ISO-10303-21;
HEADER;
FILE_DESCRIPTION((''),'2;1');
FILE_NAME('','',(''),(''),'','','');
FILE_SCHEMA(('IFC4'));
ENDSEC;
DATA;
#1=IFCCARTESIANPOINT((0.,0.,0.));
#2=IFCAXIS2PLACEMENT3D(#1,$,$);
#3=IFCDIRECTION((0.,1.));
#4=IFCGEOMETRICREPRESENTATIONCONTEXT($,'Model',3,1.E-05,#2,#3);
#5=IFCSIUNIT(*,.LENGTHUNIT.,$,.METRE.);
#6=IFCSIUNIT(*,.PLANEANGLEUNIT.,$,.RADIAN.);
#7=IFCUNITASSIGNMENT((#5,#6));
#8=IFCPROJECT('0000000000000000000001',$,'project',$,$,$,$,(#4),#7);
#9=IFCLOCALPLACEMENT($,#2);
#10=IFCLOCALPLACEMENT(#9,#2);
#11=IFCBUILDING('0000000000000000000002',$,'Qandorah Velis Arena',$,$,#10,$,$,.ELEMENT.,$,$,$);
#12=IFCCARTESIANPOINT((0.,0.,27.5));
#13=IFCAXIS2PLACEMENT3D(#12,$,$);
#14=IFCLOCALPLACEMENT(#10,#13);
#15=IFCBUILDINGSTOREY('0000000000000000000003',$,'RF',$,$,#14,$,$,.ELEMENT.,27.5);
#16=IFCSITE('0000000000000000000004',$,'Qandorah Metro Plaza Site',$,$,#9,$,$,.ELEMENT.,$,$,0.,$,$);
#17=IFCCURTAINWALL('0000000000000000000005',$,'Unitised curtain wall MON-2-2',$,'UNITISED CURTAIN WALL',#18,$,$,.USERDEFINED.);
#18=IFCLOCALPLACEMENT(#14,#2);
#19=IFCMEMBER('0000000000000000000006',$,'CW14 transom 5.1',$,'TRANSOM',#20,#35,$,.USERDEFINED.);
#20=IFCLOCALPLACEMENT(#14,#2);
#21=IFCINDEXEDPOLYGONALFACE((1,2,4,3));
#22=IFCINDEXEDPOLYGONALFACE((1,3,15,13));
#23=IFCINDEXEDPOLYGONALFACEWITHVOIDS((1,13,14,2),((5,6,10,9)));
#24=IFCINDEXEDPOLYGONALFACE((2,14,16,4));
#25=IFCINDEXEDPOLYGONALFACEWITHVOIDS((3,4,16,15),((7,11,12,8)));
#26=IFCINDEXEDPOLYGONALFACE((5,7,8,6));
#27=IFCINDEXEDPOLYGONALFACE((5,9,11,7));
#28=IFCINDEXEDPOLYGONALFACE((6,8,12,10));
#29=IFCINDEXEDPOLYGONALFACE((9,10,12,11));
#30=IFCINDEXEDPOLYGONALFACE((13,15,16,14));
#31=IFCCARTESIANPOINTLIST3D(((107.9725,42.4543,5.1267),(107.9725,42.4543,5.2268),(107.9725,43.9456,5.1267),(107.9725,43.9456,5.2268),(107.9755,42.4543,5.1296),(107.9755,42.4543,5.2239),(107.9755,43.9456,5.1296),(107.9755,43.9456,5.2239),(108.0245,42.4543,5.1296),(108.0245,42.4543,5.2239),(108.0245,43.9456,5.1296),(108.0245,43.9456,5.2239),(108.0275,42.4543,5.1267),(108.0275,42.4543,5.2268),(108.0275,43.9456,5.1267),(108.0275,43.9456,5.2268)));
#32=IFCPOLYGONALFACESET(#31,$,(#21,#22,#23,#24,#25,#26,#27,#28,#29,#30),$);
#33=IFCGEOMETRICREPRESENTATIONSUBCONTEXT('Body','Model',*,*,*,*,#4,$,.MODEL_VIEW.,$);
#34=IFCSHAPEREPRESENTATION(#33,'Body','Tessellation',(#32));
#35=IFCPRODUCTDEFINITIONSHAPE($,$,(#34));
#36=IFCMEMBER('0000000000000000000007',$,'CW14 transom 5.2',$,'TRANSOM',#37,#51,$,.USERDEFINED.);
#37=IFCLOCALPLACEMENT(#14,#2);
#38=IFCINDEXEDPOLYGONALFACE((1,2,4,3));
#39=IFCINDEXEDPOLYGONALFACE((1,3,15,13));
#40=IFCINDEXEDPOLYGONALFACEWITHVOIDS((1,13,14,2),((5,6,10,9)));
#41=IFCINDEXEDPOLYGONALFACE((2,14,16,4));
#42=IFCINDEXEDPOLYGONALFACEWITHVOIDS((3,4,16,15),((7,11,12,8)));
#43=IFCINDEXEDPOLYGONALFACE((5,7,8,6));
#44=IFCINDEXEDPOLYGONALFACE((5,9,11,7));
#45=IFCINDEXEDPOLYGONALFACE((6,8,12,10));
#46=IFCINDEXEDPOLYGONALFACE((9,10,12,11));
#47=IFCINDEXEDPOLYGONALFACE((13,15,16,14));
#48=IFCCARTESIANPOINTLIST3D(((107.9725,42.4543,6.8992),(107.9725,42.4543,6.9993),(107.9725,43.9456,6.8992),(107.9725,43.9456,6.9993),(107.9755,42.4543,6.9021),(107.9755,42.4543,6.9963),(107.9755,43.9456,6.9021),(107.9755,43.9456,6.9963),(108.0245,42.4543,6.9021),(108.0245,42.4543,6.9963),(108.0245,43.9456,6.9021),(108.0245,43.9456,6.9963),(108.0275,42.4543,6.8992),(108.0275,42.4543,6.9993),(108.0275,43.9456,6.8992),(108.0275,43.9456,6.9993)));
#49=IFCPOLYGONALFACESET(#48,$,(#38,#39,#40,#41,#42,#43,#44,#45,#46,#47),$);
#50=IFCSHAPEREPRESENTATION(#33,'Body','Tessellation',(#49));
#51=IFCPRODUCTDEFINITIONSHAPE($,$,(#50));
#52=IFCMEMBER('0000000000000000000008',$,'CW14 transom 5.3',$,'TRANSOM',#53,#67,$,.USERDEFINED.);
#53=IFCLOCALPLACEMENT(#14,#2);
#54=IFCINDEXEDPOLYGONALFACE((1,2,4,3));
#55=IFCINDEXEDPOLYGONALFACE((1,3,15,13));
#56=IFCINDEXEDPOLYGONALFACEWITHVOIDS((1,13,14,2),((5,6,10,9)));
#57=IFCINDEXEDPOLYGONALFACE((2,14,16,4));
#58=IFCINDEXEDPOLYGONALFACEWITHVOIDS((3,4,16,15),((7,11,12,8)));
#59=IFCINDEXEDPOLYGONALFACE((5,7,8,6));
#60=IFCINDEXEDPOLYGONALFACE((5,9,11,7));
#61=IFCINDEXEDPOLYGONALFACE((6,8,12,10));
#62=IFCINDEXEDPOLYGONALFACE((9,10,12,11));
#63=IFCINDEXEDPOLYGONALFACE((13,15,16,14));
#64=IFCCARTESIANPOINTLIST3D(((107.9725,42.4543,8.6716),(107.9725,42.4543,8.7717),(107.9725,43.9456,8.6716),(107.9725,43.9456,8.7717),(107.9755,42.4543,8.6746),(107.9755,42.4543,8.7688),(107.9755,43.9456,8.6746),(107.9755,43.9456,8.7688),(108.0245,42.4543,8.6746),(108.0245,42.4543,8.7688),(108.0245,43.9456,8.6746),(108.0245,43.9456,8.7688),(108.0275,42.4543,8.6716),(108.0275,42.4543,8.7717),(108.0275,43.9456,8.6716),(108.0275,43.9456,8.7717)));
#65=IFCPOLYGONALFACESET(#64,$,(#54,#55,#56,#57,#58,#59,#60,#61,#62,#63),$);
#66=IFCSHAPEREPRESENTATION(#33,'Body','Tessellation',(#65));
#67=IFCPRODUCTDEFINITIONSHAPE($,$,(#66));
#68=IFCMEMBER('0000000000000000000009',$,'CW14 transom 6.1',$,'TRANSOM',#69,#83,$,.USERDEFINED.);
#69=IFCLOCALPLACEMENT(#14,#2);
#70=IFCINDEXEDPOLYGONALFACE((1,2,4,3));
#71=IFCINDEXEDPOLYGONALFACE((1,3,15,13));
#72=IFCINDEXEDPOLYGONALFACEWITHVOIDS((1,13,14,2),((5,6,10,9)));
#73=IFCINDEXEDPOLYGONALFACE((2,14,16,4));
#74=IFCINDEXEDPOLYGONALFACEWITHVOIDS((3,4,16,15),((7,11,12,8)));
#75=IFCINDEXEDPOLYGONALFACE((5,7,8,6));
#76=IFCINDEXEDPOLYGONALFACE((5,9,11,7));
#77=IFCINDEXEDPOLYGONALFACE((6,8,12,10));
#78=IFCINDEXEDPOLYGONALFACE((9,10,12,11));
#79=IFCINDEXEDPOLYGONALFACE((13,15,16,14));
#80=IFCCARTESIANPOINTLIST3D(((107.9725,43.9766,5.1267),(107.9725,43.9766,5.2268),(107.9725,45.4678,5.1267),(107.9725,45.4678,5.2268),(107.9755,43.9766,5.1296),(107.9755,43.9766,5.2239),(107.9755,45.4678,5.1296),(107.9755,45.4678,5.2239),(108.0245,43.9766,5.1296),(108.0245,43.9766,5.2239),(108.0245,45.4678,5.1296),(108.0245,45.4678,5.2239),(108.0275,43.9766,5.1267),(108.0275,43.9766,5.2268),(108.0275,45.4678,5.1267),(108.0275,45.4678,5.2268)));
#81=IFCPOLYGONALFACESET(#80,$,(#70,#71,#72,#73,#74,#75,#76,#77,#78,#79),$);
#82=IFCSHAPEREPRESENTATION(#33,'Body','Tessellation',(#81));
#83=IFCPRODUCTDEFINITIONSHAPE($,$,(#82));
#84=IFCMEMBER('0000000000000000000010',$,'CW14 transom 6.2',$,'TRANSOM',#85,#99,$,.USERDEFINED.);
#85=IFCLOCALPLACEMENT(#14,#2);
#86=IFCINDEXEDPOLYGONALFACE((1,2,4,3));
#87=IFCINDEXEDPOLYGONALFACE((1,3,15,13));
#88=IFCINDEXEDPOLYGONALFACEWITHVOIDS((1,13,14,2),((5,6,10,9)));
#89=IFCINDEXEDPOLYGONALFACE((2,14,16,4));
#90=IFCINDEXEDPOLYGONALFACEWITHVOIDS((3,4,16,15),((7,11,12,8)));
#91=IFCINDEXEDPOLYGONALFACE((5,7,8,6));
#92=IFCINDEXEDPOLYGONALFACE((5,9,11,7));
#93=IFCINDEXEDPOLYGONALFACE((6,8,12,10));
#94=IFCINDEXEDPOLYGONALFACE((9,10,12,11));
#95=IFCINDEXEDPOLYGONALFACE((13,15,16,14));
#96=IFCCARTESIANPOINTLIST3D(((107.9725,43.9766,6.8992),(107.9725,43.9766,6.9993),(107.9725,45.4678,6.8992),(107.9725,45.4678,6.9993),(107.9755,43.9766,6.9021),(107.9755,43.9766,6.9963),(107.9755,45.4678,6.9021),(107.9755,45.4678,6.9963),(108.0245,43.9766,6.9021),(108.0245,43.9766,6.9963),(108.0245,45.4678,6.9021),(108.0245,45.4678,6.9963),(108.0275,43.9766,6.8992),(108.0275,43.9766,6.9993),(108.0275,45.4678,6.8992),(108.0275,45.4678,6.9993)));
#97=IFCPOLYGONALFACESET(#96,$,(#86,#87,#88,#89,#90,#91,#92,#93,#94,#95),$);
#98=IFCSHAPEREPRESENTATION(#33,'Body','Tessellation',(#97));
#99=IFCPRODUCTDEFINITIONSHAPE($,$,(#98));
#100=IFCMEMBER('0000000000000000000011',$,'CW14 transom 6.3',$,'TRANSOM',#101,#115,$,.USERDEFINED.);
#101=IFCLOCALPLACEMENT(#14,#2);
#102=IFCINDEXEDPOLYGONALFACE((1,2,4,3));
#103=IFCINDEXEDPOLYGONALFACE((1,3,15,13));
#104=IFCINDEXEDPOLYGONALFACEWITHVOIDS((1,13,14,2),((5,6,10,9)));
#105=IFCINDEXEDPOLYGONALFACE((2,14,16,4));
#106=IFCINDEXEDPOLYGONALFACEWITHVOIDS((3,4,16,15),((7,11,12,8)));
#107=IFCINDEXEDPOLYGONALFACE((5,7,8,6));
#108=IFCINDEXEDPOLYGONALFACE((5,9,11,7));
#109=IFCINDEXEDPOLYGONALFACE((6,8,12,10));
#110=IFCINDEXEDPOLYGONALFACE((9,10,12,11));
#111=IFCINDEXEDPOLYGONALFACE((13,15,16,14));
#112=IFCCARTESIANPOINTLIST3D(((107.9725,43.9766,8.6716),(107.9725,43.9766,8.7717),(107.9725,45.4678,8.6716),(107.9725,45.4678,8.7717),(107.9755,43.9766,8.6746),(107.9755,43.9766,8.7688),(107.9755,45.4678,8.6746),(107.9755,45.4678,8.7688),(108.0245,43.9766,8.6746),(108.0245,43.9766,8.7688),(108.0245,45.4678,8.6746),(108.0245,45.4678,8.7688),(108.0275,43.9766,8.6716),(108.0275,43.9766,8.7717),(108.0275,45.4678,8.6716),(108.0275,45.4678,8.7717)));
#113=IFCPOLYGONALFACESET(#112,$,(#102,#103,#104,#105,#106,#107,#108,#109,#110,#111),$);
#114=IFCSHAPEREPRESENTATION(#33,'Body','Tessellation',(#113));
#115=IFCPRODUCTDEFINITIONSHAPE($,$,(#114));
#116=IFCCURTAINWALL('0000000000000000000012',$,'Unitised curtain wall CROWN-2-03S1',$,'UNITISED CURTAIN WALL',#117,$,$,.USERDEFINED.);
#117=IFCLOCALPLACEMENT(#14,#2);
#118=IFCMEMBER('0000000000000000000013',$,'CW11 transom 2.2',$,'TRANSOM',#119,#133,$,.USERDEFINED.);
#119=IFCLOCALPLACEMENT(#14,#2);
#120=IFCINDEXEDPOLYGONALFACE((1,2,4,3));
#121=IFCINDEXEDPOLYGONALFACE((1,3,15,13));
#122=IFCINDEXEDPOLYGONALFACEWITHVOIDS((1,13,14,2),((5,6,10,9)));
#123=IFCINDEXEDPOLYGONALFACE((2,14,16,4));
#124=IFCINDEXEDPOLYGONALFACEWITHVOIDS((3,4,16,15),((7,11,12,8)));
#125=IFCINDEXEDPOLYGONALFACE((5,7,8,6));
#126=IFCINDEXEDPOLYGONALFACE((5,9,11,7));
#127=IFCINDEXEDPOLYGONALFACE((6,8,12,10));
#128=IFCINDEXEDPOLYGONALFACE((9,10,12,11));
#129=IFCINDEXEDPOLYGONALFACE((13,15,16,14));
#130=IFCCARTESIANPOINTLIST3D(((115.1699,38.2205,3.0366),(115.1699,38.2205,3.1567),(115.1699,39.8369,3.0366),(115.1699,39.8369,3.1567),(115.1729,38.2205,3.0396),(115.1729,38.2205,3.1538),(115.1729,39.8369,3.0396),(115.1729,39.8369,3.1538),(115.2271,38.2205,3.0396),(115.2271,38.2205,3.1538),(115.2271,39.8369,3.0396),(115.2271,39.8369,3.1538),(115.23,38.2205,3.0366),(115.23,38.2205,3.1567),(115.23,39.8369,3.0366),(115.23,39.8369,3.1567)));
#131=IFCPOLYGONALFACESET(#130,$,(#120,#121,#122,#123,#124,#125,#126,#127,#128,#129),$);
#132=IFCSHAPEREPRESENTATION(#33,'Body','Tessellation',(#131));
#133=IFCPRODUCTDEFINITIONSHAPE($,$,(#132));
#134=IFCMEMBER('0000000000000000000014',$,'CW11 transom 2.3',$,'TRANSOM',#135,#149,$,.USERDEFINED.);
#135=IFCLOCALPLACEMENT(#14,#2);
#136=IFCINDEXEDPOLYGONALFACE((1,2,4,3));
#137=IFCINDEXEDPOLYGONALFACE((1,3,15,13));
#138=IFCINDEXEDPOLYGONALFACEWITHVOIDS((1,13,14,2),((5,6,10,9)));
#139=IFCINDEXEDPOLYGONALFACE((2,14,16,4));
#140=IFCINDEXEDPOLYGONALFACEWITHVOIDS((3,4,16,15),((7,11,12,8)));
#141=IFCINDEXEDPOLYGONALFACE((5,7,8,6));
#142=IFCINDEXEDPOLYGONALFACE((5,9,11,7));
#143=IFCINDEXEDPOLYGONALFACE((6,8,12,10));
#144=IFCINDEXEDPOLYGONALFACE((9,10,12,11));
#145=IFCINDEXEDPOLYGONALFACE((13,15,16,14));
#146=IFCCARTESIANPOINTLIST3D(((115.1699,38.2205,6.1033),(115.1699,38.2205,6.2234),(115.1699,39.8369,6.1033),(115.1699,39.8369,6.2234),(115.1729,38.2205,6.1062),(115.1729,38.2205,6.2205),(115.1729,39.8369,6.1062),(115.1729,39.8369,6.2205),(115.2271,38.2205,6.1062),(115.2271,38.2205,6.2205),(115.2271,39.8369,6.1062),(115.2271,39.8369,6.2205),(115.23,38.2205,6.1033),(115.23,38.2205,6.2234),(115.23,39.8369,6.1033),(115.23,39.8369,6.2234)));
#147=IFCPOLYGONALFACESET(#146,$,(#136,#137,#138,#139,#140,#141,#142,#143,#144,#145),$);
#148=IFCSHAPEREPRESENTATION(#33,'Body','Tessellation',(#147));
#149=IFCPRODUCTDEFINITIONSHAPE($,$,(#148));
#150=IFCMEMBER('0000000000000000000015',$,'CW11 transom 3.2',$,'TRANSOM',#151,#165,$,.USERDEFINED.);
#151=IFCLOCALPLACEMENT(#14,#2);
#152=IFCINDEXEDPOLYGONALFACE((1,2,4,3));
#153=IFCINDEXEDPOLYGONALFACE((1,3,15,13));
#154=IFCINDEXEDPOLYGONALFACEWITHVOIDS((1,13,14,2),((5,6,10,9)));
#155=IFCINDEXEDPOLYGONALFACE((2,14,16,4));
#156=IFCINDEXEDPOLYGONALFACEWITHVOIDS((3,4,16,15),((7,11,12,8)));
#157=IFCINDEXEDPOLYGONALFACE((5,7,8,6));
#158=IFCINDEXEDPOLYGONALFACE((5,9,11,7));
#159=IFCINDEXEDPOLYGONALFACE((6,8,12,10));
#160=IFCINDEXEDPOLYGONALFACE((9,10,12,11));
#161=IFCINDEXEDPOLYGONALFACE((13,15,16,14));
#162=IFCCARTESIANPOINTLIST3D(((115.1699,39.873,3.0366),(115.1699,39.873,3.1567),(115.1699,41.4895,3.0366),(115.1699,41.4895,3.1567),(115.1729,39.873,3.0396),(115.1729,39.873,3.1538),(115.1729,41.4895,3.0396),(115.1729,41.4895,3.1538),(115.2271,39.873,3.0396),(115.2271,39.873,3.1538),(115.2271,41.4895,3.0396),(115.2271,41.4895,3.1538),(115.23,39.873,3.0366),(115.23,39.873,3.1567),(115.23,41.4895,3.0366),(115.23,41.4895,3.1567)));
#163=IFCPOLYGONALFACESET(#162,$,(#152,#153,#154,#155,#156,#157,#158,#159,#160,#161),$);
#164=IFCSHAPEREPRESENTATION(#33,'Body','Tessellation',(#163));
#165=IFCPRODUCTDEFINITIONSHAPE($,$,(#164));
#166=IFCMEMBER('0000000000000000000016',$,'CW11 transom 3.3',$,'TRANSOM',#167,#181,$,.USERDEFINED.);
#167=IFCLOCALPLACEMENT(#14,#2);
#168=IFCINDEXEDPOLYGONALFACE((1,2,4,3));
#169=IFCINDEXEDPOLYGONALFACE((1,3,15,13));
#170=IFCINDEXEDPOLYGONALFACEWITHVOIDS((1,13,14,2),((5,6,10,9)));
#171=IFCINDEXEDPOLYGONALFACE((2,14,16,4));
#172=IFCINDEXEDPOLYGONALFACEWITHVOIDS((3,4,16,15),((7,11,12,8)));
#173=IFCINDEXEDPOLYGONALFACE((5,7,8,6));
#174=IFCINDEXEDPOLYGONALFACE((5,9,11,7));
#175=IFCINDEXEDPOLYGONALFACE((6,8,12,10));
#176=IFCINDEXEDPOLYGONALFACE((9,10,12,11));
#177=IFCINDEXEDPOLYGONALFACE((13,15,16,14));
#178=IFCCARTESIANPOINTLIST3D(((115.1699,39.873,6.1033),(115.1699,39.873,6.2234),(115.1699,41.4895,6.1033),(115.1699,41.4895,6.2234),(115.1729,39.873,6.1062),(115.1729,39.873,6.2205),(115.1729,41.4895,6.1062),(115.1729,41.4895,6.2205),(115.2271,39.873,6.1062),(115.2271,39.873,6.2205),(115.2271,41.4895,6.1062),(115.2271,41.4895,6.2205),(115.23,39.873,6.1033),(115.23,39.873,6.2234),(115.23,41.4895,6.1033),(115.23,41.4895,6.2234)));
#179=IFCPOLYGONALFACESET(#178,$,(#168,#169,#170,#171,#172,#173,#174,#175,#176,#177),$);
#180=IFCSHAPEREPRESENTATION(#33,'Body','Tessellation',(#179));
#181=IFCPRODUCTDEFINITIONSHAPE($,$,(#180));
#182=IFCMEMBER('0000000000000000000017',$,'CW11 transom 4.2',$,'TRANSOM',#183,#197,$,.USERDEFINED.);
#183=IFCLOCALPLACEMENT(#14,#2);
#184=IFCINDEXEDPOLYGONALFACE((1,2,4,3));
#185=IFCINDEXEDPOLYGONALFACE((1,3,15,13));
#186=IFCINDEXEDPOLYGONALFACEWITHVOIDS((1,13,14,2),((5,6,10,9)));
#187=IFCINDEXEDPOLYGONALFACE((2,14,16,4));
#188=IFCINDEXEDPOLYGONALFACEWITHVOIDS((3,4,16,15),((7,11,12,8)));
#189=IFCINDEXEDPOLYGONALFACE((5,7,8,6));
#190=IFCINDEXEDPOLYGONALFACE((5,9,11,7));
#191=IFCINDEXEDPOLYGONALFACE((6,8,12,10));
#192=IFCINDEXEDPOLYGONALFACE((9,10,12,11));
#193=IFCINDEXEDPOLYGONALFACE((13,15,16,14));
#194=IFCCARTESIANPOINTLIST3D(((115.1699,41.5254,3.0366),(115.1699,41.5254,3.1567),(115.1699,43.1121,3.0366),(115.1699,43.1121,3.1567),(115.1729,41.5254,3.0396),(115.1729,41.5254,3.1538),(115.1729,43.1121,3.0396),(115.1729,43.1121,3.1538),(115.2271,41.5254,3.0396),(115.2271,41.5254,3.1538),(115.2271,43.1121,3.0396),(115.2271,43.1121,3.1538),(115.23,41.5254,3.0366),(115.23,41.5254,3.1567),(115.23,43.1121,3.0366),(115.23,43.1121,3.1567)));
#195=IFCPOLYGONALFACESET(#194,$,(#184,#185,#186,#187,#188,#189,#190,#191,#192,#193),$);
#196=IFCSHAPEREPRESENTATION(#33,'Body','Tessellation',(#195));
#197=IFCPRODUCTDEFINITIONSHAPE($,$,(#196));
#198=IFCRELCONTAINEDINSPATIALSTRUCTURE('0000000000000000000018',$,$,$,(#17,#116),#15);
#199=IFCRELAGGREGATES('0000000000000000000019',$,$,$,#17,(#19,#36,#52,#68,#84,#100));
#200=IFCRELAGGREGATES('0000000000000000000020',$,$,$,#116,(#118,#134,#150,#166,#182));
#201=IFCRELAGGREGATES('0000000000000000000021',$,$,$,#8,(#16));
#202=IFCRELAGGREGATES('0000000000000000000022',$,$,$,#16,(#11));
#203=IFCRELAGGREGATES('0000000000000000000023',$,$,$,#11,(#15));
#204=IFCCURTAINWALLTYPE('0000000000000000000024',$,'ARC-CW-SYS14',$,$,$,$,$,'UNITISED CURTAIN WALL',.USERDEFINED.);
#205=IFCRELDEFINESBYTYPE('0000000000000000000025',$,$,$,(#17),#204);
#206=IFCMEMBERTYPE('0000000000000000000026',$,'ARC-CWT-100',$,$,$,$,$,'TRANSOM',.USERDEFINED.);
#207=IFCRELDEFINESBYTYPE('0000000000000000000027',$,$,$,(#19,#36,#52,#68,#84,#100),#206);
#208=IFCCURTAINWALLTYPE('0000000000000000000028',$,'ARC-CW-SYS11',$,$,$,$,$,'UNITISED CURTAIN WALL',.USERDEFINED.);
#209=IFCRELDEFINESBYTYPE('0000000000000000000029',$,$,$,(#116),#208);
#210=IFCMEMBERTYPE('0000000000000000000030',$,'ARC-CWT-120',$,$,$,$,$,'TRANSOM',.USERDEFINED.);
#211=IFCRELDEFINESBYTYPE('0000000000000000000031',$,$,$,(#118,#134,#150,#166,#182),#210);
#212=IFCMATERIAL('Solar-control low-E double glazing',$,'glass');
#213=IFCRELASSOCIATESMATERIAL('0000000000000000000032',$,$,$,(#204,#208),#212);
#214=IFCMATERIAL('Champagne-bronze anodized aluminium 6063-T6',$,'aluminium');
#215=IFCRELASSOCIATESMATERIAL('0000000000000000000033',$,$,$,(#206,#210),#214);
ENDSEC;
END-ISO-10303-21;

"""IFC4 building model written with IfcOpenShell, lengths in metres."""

from ifc_helpers import new_model, si_unit, direction, frame, origin, origin_2d, place, context, subcontext, project, spatial, hollow_rectangle, extrude, material, material_profile, profile_set, type_object, element, aggregate, save


model = new_model("IFC4")

# Units and contexts
model_context = context("Model", 3, precision=1e-05, world=origin(), true_north=direction((0.0, 1.0)))
body_context = subcontext(model_context, "Body", "Model", "MODEL_VIEW")
ifc_project = project(units=[si_unit("LENGTHUNIT", "METRE"), si_unit("PLANEANGLEUNIT", "RADIAN")], contexts=[model_context])

# Site, building, storey
site_placement = place(None, origin())
site = spatial("IfcSite", under=ifc_project, at=site_placement, Name="Qandorah Metro Plaza Site", CompositionType="ELEMENT", RefElevation=0.0)
building_placement = place(site_placement, origin())
building = spatial("IfcBuilding", under=site, at=building_placement, Name="Qandorah Velis Arena", CompositionType="ELEMENT")
storey_placement = place(building_placement, frame((0.0, 0.0, 27.5)))
storey = spatial("IfcBuildingStorey", under=building, at=storey_placement, Name="RF", CompositionType="ELEMENT", Elevation=27.5)

# Curtain walls, members
ifc_material_1 = material(Name="Solar-control low-E double glazing", Category="glass")
curtain_wall_type_1 = type_object("IfcCurtainWallType", Name="ARC-CW-SYS14", ElementType="UNITISED CURTAIN WALL", PredefinedType="USERDEFINED", material=ifc_material_1)
curtain_wall_1_placement = place(storey_placement, origin())
curtain_wall_1 = element("IfcCurtainWall", 1, at=curtain_wall_1_placement, inside=storey, type_object=curtain_wall_type_1, Name="Unitised curtain wall MON-2-2", ObjectType="UNITISED CURTAIN WALL", PredefinedType="USERDEFINED")
ifc_material_2 = material(Name="Champagne-bronze anodized aluminium 6063-T6", Category="aluminium")
ifc_material_profile_1 = material_profile(ifc_material_2, hollow_rectangle(XDim=0.0549, YDim=0.1001, WallThickness=0.0029, at=origin_2d()), Name="ALU TRANSOM 55x100")
ifc_profile_set_1 = profile_set([ifc_material_profile_1], Name="Champagne-bronze anodized aluminium 6063-T6")
member_type_1 = type_object("IfcMemberType", Name="ARC-CWT-100", ElementType="TRANSOM", PredefinedType="USERDEFINED", material=ifc_profile_set_1)
member_1_placement = place(storey_placement, frame((108.0, 42.4543, 5.1768), z_axis=(0.0, 1.0, 0.0), x_axis=(-1.0, 0.0, 0.0)))
member_1 = element("IfcMember", 2, at=member_1_placement, type_object=member_type_1, Name="CW14 transom 5.1", ObjectType="TRANSOM", PredefinedType="USERDEFINED", context=body_context, shape_type="SweptSolid", body=[
    extrude(hollow_rectangle(XDim=0.0549, YDim=0.1001, WallThickness=0.0029, at=origin_2d()), origin(), (0.0, 0.0, 1.0), 1.4912),
])
member_2_placement = place(storey_placement, frame((108.0, 42.4543, 6.9492), z_axis=(0.0, 1.0, 0.0), x_axis=(-1.0, 0.0, 0.0)))
member_2 = element("IfcMember", 3, at=member_2_placement, type_object=member_type_1, Name="CW14 transom 5.2", ObjectType="TRANSOM", PredefinedType="USERDEFINED", context=body_context, shape_type="SweptSolid", body=[
    extrude(hollow_rectangle(XDim=0.0549, YDim=0.1001, WallThickness=0.0029, at=origin_2d()), origin(), (0.0, 0.0, 1.0), 1.4912),
])
member_3_placement = place(storey_placement, frame((108.0, 42.4543, 8.7217), z_axis=(0.0, 1.0, 0.0), x_axis=(-1.0, 0.0, 0.0)))
member_3 = element("IfcMember", 4, at=member_3_placement, type_object=member_type_1, Name="CW14 transom 5.3", ObjectType="TRANSOM", PredefinedType="USERDEFINED", context=body_context, shape_type="SweptSolid", body=[
    extrude(hollow_rectangle(XDim=0.0549, YDim=0.1001, WallThickness=0.0029, at=origin_2d()), origin(), (0.0, 0.0, 1.0), 1.4912),
])
member_4_placement = place(storey_placement, frame((108.0, 43.9766, 5.1768), z_axis=(0.0, 1.0, 0.0), x_axis=(-1.0, 0.0, 0.0)))
member_4 = element("IfcMember", 5, at=member_4_placement, type_object=member_type_1, Name="CW14 transom 6.1", ObjectType="TRANSOM", PredefinedType="USERDEFINED", context=body_context, shape_type="SweptSolid", body=[
    extrude(hollow_rectangle(XDim=0.0549, YDim=0.1001, WallThickness=0.0029, at=origin_2d()), origin(), (0.0, 0.0, 1.0), 1.4912),
])
member_5_placement = place(storey_placement, frame((108.0, 43.9766, 6.9492), z_axis=(0.0, 1.0, 0.0), x_axis=(-1.0, 0.0, 0.0)))
member_5 = element("IfcMember", 6, at=member_5_placement, type_object=member_type_1, Name="CW14 transom 6.2", ObjectType="TRANSOM", PredefinedType="USERDEFINED", context=body_context, shape_type="SweptSolid", body=[
    extrude(hollow_rectangle(XDim=0.0549, YDim=0.1001, WallThickness=0.0029, at=origin_2d()), origin(), (0.0, 0.0, 1.0), 1.4912),
])
member_6_placement = place(storey_placement, frame((108.0, 43.9766, 8.7217), z_axis=(0.0, 1.0, 0.0), x_axis=(-1.0, 0.0, 0.0)))
member_6 = element("IfcMember", 7, at=member_6_placement, type_object=member_type_1, Name="CW14 transom 6.3", ObjectType="TRANSOM", PredefinedType="USERDEFINED", context=body_context, shape_type="SweptSolid", body=[
    extrude(hollow_rectangle(XDim=0.0549, YDim=0.1001, WallThickness=0.0029, at=origin_2d()), origin(), (0.0, 0.0, 1.0), 1.4912),
])
curtain_wall_type_2 = type_object("IfcCurtainWallType", Name="ARC-CW-SYS11", ElementType="UNITISED CURTAIN WALL", PredefinedType="USERDEFINED", material=ifc_material_1)
curtain_wall_2_placement = place(storey_placement, origin())
curtain_wall_2 = element("IfcCurtainWall", 8, at=curtain_wall_2_placement, inside=storey, type_object=curtain_wall_type_2, Name="Unitised curtain wall CROWN-2-03S1", ObjectType="UNITISED CURTAIN WALL", PredefinedType="USERDEFINED")
ifc_material_profile_2 = material_profile(ifc_material_2, hollow_rectangle(XDim=0.0601, YDim=0.1201, WallThickness=0.0029, at=origin_2d()), Name="ALU TRANSOM 60x120")
ifc_profile_set_2 = profile_set([ifc_material_profile_2], Name="Champagne-bronze anodized aluminium 6063-T6")
member_type_2 = type_object("IfcMemberType", Name="ARC-CWT-120", ElementType="TRANSOM", PredefinedType="USERDEFINED", material=ifc_profile_set_2)
member_7_placement = place(storey_placement, frame((115.2, 38.2205, 3.0967), z_axis=(0.0, 1.0, 0.0), x_axis=(-1.0, 0.0, 0.0)))
member_7 = element("IfcMember", 9, at=member_7_placement, type_object=member_type_2, Name="CW11 transom 2.2", ObjectType="TRANSOM", PredefinedType="USERDEFINED", context=body_context, shape_type="SweptSolid", body=[
    extrude(hollow_rectangle(XDim=0.0601, YDim=0.1201, WallThickness=0.0029, at=origin_2d()), origin(), (0.0, 0.0, 1.0), 1.6165),
])
member_8_placement = place(storey_placement, frame((115.2, 38.2205, 6.1633), z_axis=(0.0, 1.0, 0.0), x_axis=(-1.0, 0.0, 0.0)))
member_8 = element("IfcMember", 10, at=member_8_placement, type_object=member_type_2, Name="CW11 transom 2.3", ObjectType="TRANSOM", PredefinedType="USERDEFINED", context=body_context, shape_type="SweptSolid", body=[
    extrude(hollow_rectangle(XDim=0.0601, YDim=0.1201, WallThickness=0.0029, at=origin_2d()), origin(), (0.0, 0.0, 1.0), 1.6165),
])
member_9_placement = place(storey_placement, frame((115.2, 39.873, 3.0967), z_axis=(0.0, 1.0, 0.0), x_axis=(-1.0, 0.0, 0.0)))
member_9 = element("IfcMember", 11, at=member_9_placement, type_object=member_type_2, Name="CW11 transom 3.2", ObjectType="TRANSOM", PredefinedType="USERDEFINED", context=body_context, shape_type="SweptSolid", body=[
    extrude(hollow_rectangle(XDim=0.0601, YDim=0.1201, WallThickness=0.0029, at=origin_2d()), origin(), (0.0, 0.0, 1.0), 1.6165),
])
member_10_placement = place(storey_placement, frame((115.2, 39.873, 6.1633), z_axis=(0.0, 1.0, 0.0), x_axis=(-1.0, 0.0, 0.0)))
member_10 = element("IfcMember", 12, at=member_10_placement, type_object=member_type_2, Name="CW11 transom 3.3", ObjectType="TRANSOM", PredefinedType="USERDEFINED", context=body_context, shape_type="SweptSolid", body=[
    extrude(hollow_rectangle(XDim=0.0601, YDim=0.1201, WallThickness=0.0029, at=origin_2d()), origin(), (0.0, 0.0, 1.0), 1.6165),
])
member_11_placement = place(storey_placement, frame((115.2, 41.5254, 3.0967), z_axis=(0.0, 1.0, 0.0), x_axis=(-1.0, 0.0, 0.0)))
member_11 = element("IfcMember", 13, at=member_11_placement, type_object=member_type_2, Name="CW11 transom 4.2", ObjectType="TRANSOM", PredefinedType="USERDEFINED", context=body_context, shape_type="SweptSolid", body=[
    extrude(hollow_rectangle(XDim=0.0601, YDim=0.1201, WallThickness=0.0029, at=origin_2d()), origin(), (0.0, 0.0, 1.0), 1.5867),
])

aggregate(curtain_wall_1, [member_1, member_2, member_3, member_4, member_5, member_6])
aggregate(curtain_wall_2, [member_7, member_8, member_9, member_10, member_11])

save(model, "model.ifc")
